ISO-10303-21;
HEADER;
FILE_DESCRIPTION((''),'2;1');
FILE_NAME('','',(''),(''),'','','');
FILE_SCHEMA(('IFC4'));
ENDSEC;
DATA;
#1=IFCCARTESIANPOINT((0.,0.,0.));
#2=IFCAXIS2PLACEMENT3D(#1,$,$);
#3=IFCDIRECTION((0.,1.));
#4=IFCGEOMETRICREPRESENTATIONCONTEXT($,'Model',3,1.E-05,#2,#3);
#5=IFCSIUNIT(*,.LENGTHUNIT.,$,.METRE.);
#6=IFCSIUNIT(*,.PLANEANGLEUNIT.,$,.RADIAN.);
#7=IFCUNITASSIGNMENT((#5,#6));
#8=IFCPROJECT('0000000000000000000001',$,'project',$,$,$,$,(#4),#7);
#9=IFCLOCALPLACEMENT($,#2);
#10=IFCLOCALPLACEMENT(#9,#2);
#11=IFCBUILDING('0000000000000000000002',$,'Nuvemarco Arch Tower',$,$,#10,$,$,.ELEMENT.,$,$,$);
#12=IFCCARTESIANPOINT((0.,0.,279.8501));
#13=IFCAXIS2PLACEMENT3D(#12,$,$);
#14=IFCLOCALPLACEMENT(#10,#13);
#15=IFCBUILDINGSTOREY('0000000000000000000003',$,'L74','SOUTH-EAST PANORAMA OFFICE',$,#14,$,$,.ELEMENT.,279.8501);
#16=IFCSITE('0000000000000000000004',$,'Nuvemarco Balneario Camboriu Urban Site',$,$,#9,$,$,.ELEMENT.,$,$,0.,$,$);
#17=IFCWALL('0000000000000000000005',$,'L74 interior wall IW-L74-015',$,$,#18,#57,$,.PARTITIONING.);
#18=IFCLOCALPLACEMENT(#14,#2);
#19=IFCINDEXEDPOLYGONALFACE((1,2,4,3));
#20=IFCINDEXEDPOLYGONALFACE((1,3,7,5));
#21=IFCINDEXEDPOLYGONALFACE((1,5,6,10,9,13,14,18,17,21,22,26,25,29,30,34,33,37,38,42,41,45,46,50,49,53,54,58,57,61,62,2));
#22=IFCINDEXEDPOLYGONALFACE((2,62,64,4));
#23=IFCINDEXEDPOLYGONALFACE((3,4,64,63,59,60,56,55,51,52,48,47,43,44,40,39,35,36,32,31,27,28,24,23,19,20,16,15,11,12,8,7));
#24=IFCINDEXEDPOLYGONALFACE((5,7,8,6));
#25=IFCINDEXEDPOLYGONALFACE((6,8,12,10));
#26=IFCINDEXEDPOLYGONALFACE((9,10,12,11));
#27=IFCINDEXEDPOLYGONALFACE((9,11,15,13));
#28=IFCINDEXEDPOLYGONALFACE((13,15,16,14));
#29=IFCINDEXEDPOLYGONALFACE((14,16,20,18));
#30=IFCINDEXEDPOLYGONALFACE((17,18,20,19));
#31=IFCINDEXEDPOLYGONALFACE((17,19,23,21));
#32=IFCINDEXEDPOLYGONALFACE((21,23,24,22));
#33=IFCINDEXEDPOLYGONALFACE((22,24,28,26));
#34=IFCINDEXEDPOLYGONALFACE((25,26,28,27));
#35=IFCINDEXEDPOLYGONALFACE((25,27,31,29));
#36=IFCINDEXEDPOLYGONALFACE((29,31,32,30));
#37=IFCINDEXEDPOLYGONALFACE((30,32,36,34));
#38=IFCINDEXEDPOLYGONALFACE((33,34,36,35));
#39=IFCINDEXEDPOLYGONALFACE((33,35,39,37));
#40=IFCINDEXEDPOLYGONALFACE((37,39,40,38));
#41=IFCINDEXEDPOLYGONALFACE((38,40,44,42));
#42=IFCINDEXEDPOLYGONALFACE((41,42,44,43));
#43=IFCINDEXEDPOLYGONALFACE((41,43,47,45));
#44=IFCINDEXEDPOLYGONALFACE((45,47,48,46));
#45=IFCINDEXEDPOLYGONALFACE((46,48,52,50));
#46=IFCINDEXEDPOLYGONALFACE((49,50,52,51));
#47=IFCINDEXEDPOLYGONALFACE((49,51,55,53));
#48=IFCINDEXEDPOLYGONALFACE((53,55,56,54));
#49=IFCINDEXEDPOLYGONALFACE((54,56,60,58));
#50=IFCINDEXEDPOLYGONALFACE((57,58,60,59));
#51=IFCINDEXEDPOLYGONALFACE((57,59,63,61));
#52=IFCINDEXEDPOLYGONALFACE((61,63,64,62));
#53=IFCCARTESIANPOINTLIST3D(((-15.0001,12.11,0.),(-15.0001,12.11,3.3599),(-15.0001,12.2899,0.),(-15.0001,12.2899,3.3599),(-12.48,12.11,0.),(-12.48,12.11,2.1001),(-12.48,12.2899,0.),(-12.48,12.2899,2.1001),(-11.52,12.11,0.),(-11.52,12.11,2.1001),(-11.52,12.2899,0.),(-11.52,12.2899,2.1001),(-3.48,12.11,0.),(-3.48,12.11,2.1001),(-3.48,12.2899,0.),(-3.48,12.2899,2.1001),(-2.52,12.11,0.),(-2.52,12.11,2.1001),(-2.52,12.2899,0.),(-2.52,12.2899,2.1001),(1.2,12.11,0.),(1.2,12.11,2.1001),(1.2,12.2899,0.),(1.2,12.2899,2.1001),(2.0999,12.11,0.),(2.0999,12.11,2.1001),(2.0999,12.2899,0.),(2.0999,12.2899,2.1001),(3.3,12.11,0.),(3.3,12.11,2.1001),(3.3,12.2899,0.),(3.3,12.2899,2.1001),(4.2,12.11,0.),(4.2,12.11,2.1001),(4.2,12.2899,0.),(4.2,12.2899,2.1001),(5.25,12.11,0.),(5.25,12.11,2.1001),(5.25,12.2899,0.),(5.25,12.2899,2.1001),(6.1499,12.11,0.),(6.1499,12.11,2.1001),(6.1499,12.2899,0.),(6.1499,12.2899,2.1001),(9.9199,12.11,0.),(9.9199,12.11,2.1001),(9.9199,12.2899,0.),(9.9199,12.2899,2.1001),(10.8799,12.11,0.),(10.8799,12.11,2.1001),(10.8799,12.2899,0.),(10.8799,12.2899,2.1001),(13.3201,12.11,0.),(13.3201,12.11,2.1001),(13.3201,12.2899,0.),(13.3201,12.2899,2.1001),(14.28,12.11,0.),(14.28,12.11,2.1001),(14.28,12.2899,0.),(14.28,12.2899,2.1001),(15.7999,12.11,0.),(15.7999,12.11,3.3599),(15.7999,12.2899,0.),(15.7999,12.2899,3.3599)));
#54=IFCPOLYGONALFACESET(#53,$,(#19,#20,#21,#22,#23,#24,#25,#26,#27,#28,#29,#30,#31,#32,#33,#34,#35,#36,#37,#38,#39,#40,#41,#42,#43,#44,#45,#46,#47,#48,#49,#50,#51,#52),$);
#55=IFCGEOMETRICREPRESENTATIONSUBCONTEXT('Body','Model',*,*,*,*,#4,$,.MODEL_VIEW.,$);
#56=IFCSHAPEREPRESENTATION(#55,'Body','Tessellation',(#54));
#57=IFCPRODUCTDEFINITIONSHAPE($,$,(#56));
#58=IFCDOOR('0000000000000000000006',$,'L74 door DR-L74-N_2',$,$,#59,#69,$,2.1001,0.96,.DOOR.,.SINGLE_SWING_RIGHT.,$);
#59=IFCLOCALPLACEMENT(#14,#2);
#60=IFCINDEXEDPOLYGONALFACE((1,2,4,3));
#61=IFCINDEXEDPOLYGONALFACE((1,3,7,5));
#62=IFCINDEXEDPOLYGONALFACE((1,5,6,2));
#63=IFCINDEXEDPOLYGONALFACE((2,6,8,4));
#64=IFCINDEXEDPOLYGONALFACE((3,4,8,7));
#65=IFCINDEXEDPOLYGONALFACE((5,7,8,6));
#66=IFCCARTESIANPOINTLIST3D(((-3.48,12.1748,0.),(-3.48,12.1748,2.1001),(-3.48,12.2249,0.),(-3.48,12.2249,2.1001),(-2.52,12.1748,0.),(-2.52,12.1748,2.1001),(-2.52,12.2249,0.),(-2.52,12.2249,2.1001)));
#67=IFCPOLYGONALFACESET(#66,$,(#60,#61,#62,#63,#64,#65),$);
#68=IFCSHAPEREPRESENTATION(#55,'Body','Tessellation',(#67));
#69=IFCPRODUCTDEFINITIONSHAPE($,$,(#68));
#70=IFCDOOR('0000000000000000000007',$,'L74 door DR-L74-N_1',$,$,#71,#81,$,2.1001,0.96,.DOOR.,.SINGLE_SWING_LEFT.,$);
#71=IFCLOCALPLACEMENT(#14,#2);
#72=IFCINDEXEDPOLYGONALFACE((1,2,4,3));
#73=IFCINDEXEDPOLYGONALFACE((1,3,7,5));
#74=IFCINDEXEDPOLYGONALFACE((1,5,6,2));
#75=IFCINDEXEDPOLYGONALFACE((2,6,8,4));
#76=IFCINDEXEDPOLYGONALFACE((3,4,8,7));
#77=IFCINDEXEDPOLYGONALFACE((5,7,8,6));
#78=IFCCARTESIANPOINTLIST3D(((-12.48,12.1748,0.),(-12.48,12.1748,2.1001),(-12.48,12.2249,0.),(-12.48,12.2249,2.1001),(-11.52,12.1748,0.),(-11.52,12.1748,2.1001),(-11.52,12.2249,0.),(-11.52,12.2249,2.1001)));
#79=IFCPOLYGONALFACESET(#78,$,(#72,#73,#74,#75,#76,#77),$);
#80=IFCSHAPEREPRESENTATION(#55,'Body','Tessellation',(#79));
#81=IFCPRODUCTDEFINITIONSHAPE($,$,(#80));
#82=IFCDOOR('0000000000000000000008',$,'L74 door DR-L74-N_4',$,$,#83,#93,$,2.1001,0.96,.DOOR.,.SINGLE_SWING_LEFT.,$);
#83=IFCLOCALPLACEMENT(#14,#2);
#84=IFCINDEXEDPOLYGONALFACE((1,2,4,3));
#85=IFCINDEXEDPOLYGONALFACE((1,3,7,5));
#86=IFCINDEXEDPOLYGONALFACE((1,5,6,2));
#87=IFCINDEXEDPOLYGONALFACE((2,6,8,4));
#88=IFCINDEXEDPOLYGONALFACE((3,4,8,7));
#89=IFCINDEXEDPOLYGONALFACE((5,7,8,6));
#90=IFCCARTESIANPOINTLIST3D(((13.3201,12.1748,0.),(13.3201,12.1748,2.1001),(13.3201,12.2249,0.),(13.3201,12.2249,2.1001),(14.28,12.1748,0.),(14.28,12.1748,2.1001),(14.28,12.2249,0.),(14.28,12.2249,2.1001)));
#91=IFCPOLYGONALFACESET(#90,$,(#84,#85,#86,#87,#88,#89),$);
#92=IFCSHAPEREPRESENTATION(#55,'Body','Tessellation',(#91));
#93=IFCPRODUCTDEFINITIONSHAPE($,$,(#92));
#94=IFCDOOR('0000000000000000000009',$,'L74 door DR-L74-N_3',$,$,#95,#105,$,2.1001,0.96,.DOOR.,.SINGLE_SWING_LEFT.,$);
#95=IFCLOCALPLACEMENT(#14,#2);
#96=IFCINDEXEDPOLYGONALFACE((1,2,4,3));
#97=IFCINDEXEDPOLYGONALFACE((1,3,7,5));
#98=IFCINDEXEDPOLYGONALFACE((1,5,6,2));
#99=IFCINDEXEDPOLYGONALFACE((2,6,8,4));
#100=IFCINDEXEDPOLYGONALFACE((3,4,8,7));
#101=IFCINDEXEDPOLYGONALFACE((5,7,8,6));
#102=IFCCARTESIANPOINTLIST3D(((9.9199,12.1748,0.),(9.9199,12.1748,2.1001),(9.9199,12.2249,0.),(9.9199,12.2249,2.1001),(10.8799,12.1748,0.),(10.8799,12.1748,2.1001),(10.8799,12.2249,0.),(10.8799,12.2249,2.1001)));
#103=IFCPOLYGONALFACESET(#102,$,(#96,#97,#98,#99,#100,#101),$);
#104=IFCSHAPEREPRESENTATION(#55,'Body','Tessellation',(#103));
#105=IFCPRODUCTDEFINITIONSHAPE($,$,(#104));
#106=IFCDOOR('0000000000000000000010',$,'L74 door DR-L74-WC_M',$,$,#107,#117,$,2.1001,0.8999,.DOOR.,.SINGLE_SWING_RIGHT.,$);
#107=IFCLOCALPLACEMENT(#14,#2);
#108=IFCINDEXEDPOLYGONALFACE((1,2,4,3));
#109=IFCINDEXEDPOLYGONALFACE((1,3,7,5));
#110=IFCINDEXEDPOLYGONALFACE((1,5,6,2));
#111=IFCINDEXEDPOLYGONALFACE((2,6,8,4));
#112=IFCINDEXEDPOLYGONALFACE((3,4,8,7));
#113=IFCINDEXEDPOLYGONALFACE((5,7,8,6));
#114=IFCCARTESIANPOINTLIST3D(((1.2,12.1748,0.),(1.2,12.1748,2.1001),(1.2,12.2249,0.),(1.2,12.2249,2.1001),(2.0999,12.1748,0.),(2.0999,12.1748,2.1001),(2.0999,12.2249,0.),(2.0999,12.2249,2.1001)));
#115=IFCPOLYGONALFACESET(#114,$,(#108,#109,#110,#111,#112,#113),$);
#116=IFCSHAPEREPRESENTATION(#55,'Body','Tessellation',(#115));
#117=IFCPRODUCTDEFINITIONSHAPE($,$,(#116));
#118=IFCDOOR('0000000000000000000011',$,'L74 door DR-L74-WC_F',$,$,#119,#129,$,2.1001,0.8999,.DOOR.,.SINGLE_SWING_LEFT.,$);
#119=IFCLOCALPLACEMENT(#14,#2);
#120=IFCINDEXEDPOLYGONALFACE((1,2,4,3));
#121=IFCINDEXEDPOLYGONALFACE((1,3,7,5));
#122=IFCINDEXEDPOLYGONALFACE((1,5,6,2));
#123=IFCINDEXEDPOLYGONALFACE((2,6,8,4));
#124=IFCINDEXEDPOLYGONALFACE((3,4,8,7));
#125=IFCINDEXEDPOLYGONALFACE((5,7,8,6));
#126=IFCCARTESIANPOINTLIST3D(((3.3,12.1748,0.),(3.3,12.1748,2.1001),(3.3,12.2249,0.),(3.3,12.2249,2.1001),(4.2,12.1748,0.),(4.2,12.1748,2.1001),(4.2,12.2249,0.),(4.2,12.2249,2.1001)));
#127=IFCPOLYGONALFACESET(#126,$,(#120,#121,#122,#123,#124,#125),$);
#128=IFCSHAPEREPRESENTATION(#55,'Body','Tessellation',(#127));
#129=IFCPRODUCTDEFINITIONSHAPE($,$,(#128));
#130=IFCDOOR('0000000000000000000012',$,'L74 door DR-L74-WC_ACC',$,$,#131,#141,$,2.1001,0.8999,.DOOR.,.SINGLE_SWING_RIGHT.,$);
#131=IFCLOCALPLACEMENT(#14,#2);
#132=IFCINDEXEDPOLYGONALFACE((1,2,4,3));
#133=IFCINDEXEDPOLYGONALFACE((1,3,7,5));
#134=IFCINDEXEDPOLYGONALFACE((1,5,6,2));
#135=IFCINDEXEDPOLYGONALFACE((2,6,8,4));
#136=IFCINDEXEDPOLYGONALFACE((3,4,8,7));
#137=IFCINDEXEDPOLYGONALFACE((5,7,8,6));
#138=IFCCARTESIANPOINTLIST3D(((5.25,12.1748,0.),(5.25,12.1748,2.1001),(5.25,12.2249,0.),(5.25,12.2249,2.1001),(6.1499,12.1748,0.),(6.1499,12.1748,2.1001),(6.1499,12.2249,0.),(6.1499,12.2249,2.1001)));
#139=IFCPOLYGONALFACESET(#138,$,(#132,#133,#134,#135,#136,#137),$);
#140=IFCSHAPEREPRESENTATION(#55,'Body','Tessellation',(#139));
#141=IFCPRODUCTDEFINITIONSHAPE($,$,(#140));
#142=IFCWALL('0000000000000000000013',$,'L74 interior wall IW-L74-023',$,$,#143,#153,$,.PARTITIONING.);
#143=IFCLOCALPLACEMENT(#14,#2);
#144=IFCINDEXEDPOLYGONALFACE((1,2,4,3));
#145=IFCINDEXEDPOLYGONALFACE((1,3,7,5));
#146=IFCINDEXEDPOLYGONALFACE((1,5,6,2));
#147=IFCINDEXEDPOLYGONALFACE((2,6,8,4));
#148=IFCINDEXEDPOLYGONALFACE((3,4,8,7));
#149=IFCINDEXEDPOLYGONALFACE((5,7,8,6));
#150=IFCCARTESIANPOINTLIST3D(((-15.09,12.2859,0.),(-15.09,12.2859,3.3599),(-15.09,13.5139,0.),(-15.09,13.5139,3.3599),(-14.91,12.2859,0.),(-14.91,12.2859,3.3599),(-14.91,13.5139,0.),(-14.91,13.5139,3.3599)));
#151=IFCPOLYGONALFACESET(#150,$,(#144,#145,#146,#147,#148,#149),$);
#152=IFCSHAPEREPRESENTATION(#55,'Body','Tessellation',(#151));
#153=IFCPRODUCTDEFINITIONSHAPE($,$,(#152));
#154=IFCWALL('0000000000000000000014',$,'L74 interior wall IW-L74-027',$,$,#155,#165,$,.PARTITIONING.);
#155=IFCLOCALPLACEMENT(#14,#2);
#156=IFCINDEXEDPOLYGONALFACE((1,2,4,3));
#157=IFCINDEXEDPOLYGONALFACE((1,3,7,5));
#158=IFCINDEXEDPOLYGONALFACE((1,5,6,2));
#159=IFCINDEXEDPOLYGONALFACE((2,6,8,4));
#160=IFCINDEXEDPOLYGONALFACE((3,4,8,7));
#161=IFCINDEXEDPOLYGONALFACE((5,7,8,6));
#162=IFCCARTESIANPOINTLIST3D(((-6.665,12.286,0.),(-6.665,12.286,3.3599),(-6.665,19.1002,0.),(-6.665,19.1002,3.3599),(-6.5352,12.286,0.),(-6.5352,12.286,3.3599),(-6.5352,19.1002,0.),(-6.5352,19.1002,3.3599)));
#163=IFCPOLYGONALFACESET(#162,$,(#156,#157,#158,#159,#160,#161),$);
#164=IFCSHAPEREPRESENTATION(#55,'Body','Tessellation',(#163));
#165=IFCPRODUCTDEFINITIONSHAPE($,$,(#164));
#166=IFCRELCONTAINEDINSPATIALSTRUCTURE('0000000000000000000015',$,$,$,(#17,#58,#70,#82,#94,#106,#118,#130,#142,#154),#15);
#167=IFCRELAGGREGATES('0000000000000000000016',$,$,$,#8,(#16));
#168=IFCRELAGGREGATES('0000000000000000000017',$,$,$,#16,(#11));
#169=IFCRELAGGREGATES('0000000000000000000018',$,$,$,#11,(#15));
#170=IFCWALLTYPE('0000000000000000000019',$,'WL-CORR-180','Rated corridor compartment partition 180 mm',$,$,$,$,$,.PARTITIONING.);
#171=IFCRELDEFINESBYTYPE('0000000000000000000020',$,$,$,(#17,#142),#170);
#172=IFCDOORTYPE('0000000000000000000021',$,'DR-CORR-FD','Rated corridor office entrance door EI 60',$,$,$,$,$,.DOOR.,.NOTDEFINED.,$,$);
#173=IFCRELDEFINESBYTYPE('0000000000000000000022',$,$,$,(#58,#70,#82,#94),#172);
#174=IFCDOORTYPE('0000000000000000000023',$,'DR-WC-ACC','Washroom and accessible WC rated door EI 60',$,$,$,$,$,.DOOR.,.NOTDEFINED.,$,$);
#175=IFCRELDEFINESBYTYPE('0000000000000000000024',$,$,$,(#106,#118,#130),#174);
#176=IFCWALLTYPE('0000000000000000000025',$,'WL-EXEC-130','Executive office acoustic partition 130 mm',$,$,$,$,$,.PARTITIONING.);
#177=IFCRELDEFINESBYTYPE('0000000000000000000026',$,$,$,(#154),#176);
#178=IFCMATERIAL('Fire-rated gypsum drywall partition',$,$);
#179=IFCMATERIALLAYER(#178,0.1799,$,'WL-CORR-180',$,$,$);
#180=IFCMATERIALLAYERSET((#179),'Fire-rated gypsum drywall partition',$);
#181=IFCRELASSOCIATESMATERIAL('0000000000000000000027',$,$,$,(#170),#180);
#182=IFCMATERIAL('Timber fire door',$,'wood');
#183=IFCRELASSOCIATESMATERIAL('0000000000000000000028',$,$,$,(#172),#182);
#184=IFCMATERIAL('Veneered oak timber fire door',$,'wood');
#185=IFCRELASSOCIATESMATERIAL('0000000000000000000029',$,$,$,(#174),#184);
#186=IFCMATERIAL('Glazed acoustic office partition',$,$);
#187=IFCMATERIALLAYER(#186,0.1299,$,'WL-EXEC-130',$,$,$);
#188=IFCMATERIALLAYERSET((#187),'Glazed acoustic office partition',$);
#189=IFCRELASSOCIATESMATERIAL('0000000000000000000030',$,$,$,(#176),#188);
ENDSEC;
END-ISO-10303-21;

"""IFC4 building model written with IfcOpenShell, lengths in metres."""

from ifc_helpers import new_model, si_unit, direction, frame, frame_2d, origin, place, context, subcontext, project, spatial, rectangle, extrude, source, transform, mapped, material, layer, layer_set, type_object, type_shapes, element, fill, save


model = new_model("IFC4")

# Units and contexts
model_context = context("Model", 3, precision=1e-05, world=origin(), true_north=direction((0.0, 1.0)))
body_context = subcontext(model_context, "Body", "Model", "MODEL_VIEW")
ifc_project = project(units=[si_unit("LENGTHUNIT", "METRE"), si_unit("PLANEANGLEUNIT", "RADIAN")], contexts=[model_context])

# Site, building, storey
site_placement = place(None, origin())
site = spatial("IfcSite", under=ifc_project, at=site_placement, Name="Nuvemarco Balneario Camboriu Urban Site", CompositionType="ELEMENT", RefElevation=0.0)
building_placement = place(site_placement, origin())
building = spatial("IfcBuilding", under=site, at=building_placement, Name="Nuvemarco Arch Tower", CompositionType="ELEMENT")
storey_placement = place(building_placement, frame((0.0, 0.0, 279.8501)))
storey = spatial("IfcBuildingStorey", under=building, at=storey_placement, Name="L74", Description="SOUTH-EAST PANORAMA OFFICE", CompositionType="ELEMENT", Elevation=279.8501)

# Shared definitions
ifc_material_1 = material(Name="Fire-rated gypsum drywall partition")
ifc_layer_1 = layer(ifc_material_1, 0.1799, Name="WL-CORR-180")
ifc_layer_set_1 = layer_set([ifc_layer_1], Name="Fire-rated gypsum drywall partition")
wall_type_1 = type_object("IfcWallType", Name="WL-CORR-180", Description="Rated corridor compartment partition 180 mm", PredefinedType="PARTITIONING", material=ifc_layer_set_1)

# Wall, openings, doors
wall_1_placement = place(storey_placement, frame((-15.0, 12.2, 0.0), z_axis=(0.0, 0.0, 1.0), x_axis=(1.0, 0.0, 0.0)))
wall_1 = element("IfcWall", 1, at=wall_1_placement, inside=storey, type_object=wall_type_1, Name="L74 interior wall IW-L74-015", PredefinedType="PARTITIONING", context=body_context, shape_type="SweptSolid", body=[
    extrude(rectangle(XDim=30.8, YDim=0.1799, at=frame_2d((15.3999, 0.0))), origin(), (0.0, 0.0, 1.0), 3.3599),
])
opening_1_placement = place(wall_1_placement, frame((11.52, 0.0, 0.0)))
opening_1 = element("IfcOpeningElement", 2, at=opening_1_placement, cuts=wall_1, PredefinedType="OPENING", context=body_context, shape_type="SweptSolid", body=[
    extrude(rectangle(XDim=0.96, YDim=2.1001, at=frame_2d((0.48, 1.05))), frame((0.0, 0.0999, 0.0), z_axis=(0.0, -1.0, 0.0), x_axis=(1.0, 0.0, 0.0)), (0.0, 0.0, 1.0), 0.2),
])
opening_2_placement = place(wall_1_placement, frame((2.52, 0.0, 0.0)))
opening_2 = element("IfcOpeningElement", 3, at=opening_2_placement, cuts=wall_1, PredefinedType="OPENING", context=body_context, shape_type="SweptSolid", body=[
    extrude(rectangle(XDim=0.96, YDim=2.1001, at=frame_2d((0.48, 1.05))), frame((0.0, 0.0999, 0.0), z_axis=(0.0, -1.0, 0.0), x_axis=(1.0, 0.0, 0.0)), (0.0, 0.0, 1.0), 0.2),
])
opening_3_placement = place(wall_1_placement, frame((28.3201, 0.0, 0.0)))
opening_3 = element("IfcOpeningElement", 4, at=opening_3_placement, cuts=wall_1, PredefinedType="OPENING", context=body_context, shape_type="SweptSolid", body=[
    extrude(rectangle(XDim=0.96, YDim=2.1001, at=frame_2d((0.48, 1.05))), frame((0.0, 0.0999, 0.0), z_axis=(0.0, -1.0, 0.0), x_axis=(1.0, 0.0, 0.0)), (0.0, 0.0, 1.0), 0.2),
])
opening_4_placement = place(wall_1_placement, frame((24.9199, 0.0, 0.0)))
opening_4 = element("IfcOpeningElement", 5, at=opening_4_placement, cuts=wall_1, PredefinedType="OPENING", context=body_context, shape_type="SweptSolid", body=[
    extrude(rectangle(XDim=0.96, YDim=2.1001, at=frame_2d((0.48, 1.05))), frame((0.0, 0.0999, 0.0), z_axis=(0.0, -1.0, 0.0), x_axis=(1.0, 0.0, 0.0)), (0.0, 0.0, 1.0), 0.2),
])
opening_5_placement = place(wall_1_placement, frame((16.2, 0.0, 0.0)))
opening_5 = element("IfcOpeningElement", 6, at=opening_5_placement, cuts=wall_1, PredefinedType="OPENING", context=body_context, shape_type="SweptSolid", body=[
    extrude(rectangle(XDim=0.8999, YDim=2.1001, at=frame_2d((0.45, 1.05))), frame((0.0, 0.0999, 0.0), z_axis=(0.0, -1.0, 0.0), x_axis=(1.0, 0.0, 0.0)), (0.0, 0.0, 1.0), 0.2),
])
opening_6_placement = place(wall_1_placement, frame((18.3, 0.0, 0.0)))
opening_6 = element("IfcOpeningElement", 7, at=opening_6_placement, cuts=wall_1, PredefinedType="OPENING", context=body_context, shape_type="SweptSolid", body=[
    extrude(rectangle(XDim=0.8999, YDim=2.1001, at=frame_2d((0.45, 1.05))), frame((0.0, 0.0999, 0.0), z_axis=(0.0, -1.0, 0.0), x_axis=(1.0, 0.0, 0.0)), (0.0, 0.0, 1.0), 0.2),
])
opening_7_placement = place(wall_1_placement, frame((20.25, 0.0, 0.0)))
opening_7 = element("IfcOpeningElement", 8, at=opening_7_placement, cuts=wall_1, PredefinedType="OPENING", context=body_context, shape_type="SweptSolid", body=[
    extrude(rectangle(XDim=0.8999, YDim=2.1001, at=frame_2d((0.45, 1.05))), frame((0.0, 0.0999, 0.0), z_axis=(0.0, -1.0, 0.0), x_axis=(1.0, 0.0, 0.0)), (0.0, 0.0, 1.0), 0.2),
])
ifc_material_2 = material(Name="Timber fire door", Category="wood")
door_type_1 = type_object("IfcDoorType", Name="DR-CORR-FD", Description="Rated corridor office entrance door EI 60", OperationType="NOTDEFINED", PredefinedType="DOOR", material=ifc_material_2)
shared_shape_1 = source(origin(), body_context, "Body", "SweptSolid", [
    extrude(rectangle(XDim=0.96, YDim=2.1001, at=frame_2d((0.48, 1.05))), frame((0.0, 0.0249, 0.0), z_axis=(0.0, -1.0, 0.0), x_axis=(1.0, 0.0, 0.0)), (0.0, 0.0, 1.0), 0.05),
])
type_shapes(door_type_1, [shared_shape_1])
door_1_placement = place(opening_1_placement, origin())
door_1 = element("IfcDoor", 9, at=door_1_placement, inside=storey, type_object=door_type_1, Name="L74 door DR-L74-N_2", OperationType="SINGLE_SWING_RIGHT", OverallHeight=2.1001, OverallWidth=0.96, PredefinedType="DOOR", context=body_context, shape_type="MappedRepresentation", body=[
    mapped(shared_shape_1, transform((0.0, 0.0, 0.0), scale=1.0)),
])
fill(opening_1, door_1)
door_2_placement = place(opening_2_placement, origin())
door_2 = element("IfcDoor", 10, at=door_2_placement, inside=storey, type_object=door_type_1, Name="L74 door DR-L74-N_1", OperationType="SINGLE_SWING_LEFT", OverallHeight=2.1001, OverallWidth=0.96, PredefinedType="DOOR", context=body_context, shape_type="MappedRepresentation", body=[
    mapped(shared_shape_1, transform((0.0, 0.0, 0.0), scale=1.0)),
])
fill(opening_2, door_2)
door_3_placement = place(opening_3_placement, origin())
door_3 = element("IfcDoor", 11, at=door_3_placement, inside=storey, type_object=door_type_1, Name="L74 door DR-L74-N_4", OperationType="SINGLE_SWING_LEFT", OverallHeight=2.1001, OverallWidth=0.96, PredefinedType="DOOR", context=body_context, shape_type="MappedRepresentation", body=[
    mapped(shared_shape_1, transform((0.0, 0.0, 0.0), scale=1.0)),
])
fill(opening_3, door_3)
door_4_placement = place(opening_4_placement, origin())
door_4 = element("IfcDoor", 12, at=door_4_placement, inside=storey, type_object=door_type_1, Name="L74 door DR-L74-N_3", OperationType="SINGLE_SWING_LEFT", OverallHeight=2.1001, OverallWidth=0.96, PredefinedType="DOOR", context=body_context, shape_type="MappedRepresentation", body=[
    mapped(shared_shape_1, transform((0.0, 0.0, 0.0), scale=1.0)),
])
fill(opening_4, door_4)
ifc_material_3 = material(Name="Veneered oak timber fire door", Category="wood")
door_type_2 = type_object("IfcDoorType", Name="DR-WC-ACC", Description="Washroom and accessible WC rated door EI 60", OperationType="NOTDEFINED", PredefinedType="DOOR", material=ifc_material_3)
shared_shape_2 = source(origin(), body_context, "Body", "SweptSolid", [
    extrude(rectangle(XDim=0.8999, YDim=2.1001, at=frame_2d((0.45, 1.05))), frame((0.0, 0.0249, 0.0), z_axis=(0.0, -1.0, 0.0), x_axis=(1.0, 0.0, 0.0)), (0.0, 0.0, 1.0), 0.05),
])
type_shapes(door_type_2, [shared_shape_2])
door_5_placement = place(opening_5_placement, origin())
door_5 = element("IfcDoor", 13, at=door_5_placement, inside=storey, type_object=door_type_2, Name="L74 door DR-L74-WC_M", OperationType="SINGLE_SWING_RIGHT", OverallHeight=2.1001, OverallWidth=0.8999, PredefinedType="DOOR", context=body_context, shape_type="MappedRepresentation", body=[
    mapped(shared_shape_2, transform((0.0, 0.0, 0.0), scale=1.0)),
])
fill(opening_5, door_5)
door_6_placement = place(opening_6_placement, origin())
door_6 = element("IfcDoor", 14, at=door_6_placement, inside=storey, type_object=door_type_2, Name="L74 door DR-L74-WC_F", OperationType="SINGLE_SWING_LEFT", OverallHeight=2.1001, OverallWidth=0.8999, PredefinedType="DOOR", context=body_context, shape_type="MappedRepresentation", body=[
    mapped(shared_shape_2, transform((0.0, 0.0, 0.0), scale=1.0)),
])
fill(opening_6, door_6)
door_7_placement = place(opening_7_placement, origin())
door_7 = element("IfcDoor", 15, at=door_7_placement, inside=storey, type_object=door_type_2, Name="L74 door DR-L74-WC_ACC", OperationType="SINGLE_SWING_RIGHT", OverallHeight=2.1001, OverallWidth=0.8999, PredefinedType="DOOR", context=body_context, shape_type="MappedRepresentation", body=[
    mapped(shared_shape_2, transform((0.0, 0.0, 0.0), scale=1.0)),
])
fill(opening_7, door_7)

# Walls
wall_2_placement = place(storey_placement, frame((-15.0, 12.2859, 0.0), z_axis=(0.0, 0.0, 1.0), x_axis=(0.0, 1.0, 0.0)))
element("IfcWall", 16, at=wall_2_placement, inside=storey, type_object=wall_type_1, Name="L74 interior wall IW-L74-023", PredefinedType="PARTITIONING", context=body_context, shape_type="SweptSolid", body=[
    extrude(rectangle(XDim=1.228, YDim=0.1799, at=frame_2d((0.614, 0.0))), origin(), (0.0, 0.0, 1.0), 3.3599),
])
ifc_material_4 = material(Name="Glazed acoustic office partition")
ifc_layer_2 = layer(ifc_material_4, 0.1299, Name="WL-EXEC-130")
ifc_layer_set_2 = layer_set([ifc_layer_2], Name="Glazed acoustic office partition")
wall_type_2 = type_object("IfcWallType", Name="WL-EXEC-130", Description="Executive office acoustic partition 130 mm", PredefinedType="PARTITIONING", material=ifc_layer_set_2)
wall_3_placement = place(storey_placement, frame((-6.6001, 12.2859, 0.0), z_axis=(0.0, 0.0, 1.0), x_axis=(0.0, 1.0, 0.0)))
element("IfcWall", 17, at=wall_3_placement, inside=storey, type_object=wall_type_2, Name="L74 interior wall IW-L74-027", PredefinedType="PARTITIONING", context=body_context, shape_type="SweptSolid", body=[
    extrude(rectangle(XDim=6.8142, YDim=0.1299, at=frame_2d((3.4072, 0.0))), origin(), (0.0, 0.0, 1.0), 3.3599),
])

save(model, "model.ifc")
